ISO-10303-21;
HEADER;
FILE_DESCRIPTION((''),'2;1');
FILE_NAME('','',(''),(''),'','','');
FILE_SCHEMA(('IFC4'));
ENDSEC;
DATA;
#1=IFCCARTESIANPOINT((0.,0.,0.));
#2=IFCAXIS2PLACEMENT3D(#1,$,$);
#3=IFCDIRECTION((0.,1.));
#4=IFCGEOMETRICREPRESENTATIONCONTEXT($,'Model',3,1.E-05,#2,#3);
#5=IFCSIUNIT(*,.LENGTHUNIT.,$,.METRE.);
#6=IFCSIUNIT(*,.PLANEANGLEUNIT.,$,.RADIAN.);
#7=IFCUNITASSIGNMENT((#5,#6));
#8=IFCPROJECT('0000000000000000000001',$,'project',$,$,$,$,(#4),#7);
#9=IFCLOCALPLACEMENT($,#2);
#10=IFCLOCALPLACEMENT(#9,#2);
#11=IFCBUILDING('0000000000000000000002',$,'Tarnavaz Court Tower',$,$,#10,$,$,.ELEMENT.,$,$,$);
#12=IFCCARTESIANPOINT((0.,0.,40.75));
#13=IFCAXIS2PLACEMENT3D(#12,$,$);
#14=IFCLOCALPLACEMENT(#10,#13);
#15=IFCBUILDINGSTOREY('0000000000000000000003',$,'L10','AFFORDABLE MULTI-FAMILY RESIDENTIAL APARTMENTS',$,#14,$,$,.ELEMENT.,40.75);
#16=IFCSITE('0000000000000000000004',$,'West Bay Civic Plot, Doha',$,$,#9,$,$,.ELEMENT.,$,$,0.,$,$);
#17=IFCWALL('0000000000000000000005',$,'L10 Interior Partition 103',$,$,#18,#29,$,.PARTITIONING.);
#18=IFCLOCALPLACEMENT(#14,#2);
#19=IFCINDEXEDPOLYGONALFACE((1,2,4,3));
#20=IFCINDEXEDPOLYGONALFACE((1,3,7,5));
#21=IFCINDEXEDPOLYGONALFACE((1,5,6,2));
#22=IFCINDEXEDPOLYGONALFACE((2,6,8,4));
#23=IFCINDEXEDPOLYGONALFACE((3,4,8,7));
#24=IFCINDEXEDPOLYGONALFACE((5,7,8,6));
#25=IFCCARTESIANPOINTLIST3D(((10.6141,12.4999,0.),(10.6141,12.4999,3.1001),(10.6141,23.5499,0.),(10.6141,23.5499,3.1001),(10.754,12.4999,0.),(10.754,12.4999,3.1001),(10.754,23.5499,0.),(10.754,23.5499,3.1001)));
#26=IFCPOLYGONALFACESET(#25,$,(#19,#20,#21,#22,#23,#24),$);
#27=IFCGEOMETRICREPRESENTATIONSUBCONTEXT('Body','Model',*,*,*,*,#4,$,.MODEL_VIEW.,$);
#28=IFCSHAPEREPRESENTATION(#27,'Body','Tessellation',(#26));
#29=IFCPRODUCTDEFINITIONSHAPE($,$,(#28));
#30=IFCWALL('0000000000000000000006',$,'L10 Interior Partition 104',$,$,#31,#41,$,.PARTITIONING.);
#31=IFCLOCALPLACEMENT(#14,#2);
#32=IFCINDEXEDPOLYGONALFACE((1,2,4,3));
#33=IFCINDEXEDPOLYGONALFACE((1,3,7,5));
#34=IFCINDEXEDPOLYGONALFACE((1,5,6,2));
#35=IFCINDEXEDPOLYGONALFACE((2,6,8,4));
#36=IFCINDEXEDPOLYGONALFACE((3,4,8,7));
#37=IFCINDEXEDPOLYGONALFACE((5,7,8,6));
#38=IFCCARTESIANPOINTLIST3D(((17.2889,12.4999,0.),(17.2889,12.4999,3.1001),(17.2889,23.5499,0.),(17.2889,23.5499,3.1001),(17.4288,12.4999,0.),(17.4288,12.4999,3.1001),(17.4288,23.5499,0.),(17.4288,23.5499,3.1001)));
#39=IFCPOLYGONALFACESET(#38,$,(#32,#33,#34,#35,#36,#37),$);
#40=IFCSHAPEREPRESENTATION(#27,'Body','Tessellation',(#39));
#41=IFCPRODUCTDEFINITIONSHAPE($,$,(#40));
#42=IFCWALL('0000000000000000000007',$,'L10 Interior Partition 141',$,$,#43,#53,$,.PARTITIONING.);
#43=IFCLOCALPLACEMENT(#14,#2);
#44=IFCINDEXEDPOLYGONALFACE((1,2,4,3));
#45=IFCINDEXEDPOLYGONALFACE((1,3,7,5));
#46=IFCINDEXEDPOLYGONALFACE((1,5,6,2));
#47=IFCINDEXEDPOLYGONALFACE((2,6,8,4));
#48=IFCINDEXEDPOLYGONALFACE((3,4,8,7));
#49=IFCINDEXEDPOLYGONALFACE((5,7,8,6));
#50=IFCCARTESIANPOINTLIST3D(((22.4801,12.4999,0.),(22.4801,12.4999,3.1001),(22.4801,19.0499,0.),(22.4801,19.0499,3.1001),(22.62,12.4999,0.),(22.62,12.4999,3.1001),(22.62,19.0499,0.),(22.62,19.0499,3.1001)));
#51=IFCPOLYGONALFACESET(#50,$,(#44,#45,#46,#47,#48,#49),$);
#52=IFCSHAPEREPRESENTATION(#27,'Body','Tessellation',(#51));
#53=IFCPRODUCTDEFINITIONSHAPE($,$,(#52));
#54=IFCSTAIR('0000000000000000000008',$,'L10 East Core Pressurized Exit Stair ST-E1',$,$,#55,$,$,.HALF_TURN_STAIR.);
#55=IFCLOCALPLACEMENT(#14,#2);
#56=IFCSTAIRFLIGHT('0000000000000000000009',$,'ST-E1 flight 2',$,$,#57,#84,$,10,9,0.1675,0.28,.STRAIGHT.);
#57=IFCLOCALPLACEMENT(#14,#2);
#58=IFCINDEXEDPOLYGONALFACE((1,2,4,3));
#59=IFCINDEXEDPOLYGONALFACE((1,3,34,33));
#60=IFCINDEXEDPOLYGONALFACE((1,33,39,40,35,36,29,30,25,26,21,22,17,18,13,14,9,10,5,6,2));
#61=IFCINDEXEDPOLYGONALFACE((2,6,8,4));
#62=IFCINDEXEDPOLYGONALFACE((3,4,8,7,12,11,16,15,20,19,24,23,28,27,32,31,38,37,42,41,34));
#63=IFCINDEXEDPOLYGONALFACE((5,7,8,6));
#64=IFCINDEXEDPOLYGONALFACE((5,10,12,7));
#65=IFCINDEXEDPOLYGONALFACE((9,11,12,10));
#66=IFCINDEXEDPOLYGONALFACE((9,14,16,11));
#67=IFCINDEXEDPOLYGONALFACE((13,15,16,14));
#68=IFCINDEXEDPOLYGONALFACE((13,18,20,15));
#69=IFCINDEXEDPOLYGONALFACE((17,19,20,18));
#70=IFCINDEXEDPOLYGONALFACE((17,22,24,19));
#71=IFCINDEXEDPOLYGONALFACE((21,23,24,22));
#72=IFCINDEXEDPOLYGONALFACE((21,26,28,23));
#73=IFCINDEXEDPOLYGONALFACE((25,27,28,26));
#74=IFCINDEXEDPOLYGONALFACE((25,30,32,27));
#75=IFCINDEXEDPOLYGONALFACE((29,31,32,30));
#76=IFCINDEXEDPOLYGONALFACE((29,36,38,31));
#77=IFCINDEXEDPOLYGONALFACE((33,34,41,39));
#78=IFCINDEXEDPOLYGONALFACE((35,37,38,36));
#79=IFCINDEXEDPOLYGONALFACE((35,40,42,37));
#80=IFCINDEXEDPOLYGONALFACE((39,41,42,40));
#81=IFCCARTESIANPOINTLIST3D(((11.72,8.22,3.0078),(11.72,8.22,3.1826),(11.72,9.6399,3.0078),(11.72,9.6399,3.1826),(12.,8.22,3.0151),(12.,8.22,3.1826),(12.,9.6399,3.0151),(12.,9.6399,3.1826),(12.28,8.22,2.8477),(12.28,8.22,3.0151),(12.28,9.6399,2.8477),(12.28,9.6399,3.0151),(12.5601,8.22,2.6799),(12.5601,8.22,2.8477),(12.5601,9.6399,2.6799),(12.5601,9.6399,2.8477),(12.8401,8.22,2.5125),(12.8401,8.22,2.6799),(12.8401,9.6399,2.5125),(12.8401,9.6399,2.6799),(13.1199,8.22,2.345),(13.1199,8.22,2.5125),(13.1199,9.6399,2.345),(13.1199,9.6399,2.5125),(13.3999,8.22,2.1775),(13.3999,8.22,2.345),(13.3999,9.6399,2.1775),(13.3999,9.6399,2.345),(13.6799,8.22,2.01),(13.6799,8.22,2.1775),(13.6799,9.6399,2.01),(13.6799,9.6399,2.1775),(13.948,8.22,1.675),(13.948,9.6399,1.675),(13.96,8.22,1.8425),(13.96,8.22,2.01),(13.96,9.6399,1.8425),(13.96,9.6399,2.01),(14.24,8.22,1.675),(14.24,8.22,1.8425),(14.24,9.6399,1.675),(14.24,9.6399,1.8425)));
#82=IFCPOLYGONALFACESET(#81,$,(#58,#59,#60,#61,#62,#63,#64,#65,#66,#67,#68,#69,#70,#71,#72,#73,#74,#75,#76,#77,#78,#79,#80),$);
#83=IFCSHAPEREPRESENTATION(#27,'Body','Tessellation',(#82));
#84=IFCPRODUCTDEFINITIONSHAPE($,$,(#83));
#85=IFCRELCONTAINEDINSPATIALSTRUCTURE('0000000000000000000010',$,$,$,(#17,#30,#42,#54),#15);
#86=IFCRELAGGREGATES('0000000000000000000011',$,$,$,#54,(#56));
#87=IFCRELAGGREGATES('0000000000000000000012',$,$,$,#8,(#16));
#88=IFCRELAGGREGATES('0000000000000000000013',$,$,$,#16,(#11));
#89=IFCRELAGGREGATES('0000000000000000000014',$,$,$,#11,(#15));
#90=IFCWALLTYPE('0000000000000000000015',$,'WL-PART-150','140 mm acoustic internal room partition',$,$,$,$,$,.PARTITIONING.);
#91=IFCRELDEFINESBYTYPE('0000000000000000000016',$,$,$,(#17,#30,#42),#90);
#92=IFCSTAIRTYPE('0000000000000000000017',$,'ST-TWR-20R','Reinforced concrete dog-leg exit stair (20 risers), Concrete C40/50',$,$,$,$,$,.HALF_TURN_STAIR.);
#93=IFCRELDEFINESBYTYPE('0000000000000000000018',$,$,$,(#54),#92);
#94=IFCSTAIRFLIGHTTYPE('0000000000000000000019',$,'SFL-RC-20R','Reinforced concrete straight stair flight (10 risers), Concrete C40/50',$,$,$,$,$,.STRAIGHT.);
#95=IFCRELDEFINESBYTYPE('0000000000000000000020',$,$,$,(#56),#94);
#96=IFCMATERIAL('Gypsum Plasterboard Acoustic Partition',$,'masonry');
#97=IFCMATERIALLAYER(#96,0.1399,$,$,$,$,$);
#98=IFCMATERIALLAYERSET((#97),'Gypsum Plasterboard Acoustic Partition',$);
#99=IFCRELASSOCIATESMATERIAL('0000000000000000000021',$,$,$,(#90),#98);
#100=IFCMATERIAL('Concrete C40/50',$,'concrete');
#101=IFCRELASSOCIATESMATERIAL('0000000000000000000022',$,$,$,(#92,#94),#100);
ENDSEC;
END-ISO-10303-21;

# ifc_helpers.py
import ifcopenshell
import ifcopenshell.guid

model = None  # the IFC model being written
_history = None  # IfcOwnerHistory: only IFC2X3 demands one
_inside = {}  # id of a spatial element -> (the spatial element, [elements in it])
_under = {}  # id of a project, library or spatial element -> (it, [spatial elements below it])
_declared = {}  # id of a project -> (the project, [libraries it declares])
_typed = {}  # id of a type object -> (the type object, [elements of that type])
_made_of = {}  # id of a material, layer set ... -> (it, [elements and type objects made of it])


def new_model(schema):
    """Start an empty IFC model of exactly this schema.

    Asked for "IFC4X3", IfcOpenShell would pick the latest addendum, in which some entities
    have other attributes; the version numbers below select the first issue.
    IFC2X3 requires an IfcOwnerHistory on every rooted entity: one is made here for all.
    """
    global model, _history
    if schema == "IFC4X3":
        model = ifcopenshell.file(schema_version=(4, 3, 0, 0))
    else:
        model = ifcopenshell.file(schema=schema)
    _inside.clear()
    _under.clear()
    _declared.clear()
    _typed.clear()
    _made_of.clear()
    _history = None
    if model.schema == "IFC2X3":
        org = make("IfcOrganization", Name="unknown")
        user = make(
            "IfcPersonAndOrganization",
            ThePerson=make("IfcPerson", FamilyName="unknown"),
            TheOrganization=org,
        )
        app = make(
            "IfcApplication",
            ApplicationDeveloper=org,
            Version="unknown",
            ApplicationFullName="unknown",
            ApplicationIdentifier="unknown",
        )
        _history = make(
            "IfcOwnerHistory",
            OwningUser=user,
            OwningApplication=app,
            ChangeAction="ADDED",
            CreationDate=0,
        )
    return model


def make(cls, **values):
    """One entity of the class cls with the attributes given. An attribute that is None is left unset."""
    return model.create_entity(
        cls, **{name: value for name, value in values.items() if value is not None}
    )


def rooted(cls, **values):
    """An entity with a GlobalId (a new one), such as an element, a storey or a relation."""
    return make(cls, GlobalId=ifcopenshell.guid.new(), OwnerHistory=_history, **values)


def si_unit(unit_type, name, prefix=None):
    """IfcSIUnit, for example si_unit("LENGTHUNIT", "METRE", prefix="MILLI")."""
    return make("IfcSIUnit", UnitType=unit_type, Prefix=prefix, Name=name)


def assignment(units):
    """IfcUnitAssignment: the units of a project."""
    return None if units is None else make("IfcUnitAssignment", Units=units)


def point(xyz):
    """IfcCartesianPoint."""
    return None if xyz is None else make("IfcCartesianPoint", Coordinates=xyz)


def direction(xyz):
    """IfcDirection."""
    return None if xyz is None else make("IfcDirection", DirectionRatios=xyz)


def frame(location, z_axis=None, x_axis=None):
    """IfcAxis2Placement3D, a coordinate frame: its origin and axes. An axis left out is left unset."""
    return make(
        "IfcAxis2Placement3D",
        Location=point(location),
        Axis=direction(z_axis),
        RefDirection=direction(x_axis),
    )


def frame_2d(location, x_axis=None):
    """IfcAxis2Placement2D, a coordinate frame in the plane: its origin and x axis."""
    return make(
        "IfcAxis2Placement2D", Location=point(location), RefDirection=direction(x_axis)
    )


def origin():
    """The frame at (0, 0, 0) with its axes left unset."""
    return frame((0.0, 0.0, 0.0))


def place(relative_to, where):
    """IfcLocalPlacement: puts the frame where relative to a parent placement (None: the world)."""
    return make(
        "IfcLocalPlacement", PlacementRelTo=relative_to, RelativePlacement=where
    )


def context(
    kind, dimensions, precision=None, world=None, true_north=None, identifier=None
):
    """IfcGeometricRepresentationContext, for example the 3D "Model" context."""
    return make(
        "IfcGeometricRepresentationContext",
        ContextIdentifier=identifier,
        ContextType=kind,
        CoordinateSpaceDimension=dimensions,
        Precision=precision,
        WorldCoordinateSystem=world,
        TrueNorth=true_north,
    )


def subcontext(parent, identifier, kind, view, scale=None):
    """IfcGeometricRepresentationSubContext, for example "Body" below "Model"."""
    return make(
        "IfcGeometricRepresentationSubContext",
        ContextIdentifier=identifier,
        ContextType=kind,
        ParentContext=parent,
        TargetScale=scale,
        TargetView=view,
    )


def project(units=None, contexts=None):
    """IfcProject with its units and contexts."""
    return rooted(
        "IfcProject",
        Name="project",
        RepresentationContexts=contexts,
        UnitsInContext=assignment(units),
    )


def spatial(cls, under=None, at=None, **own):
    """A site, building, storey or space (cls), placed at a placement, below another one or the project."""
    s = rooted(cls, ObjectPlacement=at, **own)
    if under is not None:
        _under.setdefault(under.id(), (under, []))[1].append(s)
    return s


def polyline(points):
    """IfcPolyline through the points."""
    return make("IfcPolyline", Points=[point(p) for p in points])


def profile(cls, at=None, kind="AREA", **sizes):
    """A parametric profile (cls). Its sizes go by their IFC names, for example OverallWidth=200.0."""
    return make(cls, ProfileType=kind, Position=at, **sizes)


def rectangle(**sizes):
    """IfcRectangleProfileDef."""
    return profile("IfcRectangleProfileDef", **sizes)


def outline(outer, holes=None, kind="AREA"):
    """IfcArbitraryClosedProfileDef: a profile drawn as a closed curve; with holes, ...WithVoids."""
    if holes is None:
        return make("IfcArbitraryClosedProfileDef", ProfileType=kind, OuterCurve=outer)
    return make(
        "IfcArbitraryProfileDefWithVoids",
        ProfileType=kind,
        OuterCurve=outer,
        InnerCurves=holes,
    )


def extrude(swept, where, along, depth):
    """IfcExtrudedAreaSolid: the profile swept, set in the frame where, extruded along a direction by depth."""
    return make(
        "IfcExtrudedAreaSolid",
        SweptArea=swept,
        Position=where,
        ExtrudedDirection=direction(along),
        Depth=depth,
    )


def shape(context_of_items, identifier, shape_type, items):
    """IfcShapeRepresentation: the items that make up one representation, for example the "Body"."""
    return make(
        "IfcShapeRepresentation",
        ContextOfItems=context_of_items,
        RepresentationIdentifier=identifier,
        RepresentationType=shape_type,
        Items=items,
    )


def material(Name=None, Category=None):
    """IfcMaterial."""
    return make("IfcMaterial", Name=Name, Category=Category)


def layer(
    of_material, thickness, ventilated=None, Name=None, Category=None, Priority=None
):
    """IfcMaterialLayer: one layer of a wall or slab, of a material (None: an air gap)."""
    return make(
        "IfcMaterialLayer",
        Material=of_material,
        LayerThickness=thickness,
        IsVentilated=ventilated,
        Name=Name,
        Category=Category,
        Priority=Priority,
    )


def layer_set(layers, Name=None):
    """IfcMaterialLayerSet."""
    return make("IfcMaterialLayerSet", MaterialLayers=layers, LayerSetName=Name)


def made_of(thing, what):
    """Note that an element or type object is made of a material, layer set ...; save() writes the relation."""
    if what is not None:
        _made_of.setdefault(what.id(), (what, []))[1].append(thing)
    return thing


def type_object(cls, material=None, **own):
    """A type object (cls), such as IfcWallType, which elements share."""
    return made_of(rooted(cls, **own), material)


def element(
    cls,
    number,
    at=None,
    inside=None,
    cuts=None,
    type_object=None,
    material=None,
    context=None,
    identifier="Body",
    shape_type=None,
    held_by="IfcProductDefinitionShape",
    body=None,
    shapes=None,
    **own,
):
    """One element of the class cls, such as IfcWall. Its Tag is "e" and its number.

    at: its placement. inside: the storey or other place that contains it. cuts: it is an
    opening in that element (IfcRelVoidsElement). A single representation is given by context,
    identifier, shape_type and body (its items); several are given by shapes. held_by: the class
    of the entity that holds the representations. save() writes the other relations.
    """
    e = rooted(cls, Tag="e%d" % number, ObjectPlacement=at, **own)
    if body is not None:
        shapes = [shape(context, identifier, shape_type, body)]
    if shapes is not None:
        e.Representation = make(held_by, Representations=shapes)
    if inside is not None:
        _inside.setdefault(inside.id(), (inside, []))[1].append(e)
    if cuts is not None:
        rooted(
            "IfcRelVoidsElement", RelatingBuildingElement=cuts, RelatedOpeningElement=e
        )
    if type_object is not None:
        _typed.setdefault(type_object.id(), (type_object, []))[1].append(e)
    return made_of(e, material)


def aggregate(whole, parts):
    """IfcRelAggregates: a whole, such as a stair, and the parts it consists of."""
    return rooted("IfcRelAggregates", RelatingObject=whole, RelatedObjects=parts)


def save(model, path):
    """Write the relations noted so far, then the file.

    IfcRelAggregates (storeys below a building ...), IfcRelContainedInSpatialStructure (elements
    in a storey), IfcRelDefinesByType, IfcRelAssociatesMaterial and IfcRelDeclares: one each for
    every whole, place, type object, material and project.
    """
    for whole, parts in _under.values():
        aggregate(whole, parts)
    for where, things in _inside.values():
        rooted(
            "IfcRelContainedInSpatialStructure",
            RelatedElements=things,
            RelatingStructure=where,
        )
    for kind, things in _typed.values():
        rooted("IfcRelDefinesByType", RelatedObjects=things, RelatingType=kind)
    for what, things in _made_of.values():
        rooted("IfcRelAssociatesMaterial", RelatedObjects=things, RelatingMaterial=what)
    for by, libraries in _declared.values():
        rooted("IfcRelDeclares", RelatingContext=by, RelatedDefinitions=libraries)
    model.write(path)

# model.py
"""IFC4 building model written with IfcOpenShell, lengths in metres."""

from ifc_helpers import new_model, si_unit, direction, frame, frame_2d, origin, place, context, subcontext, project, spatial, polyline, rectangle, outline, extrude, material, layer, layer_set, type_object, element, aggregate, save


model = new_model("IFC4")

# Units and contexts
model_context = context("Model", 3, precision=1e-05, world=origin(), true_north=direction((0.0, 1.0)))
body_context = subcontext(model_context, "Body", "Model", "MODEL_VIEW")
ifc_project = project(units=[si_unit("LENGTHUNIT", "METRE"), si_unit("PLANEANGLEUNIT", "RADIAN")], contexts=[model_context])

# Site, building, storey
site_placement = place(None, origin())
site = spatial("IfcSite", under=ifc_project, at=site_placement, Name="West Bay Civic Plot, Doha", CompositionType="ELEMENT", RefElevation=0.0)
building_placement = place(site_placement, origin())
building = spatial("IfcBuilding", under=site, at=building_placement, Name="Tarnavaz Court Tower", CompositionType="ELEMENT")
storey_placement = place(building_placement, frame((0.0, 0.0, 40.75)))
storey = spatial("IfcBuildingStorey", under=building, at=storey_placement, Name="L10", Description="AFFORDABLE MULTI-FAMILY RESIDENTIAL APARTMENTS", CompositionType="ELEMENT", Elevation=40.75)

# Walls
ifc_material_1 = material(Name="Gypsum Plasterboard Acoustic Partition", Category="masonry")
ifc_layer_1 = layer(ifc_material_1, 0.1399)
ifc_layer_set_1 = layer_set([ifc_layer_1], Name="Gypsum Plasterboard Acoustic Partition")
wall_type_1 = type_object("IfcWallType", Name="WL-PART-150", Description="140 mm acoustic internal room partition", PredefinedType="PARTITIONING", material=ifc_layer_set_1)
for number, where, z_axis, x_axis, name in (
    (1, (10.6841, 12.5, 0.0), (0.0, 0.0, 1.0), (0.0, 1.0, 0.0), "L10 Interior Partition 103"),
    (2, (17.3589, 12.5, 0.0), (0.0, 0.0, 1.0), (0.0, 1.0, 0.0), "L10 Interior Partition 104"),
):
    element("IfcWall", number, at=place(storey_placement, frame(where, z_axis=z_axis, x_axis=x_axis)), inside=storey, type_object=wall_type_1, Name=name, PredefinedType="PARTITIONING", context=body_context, shape_type="SweptSolid", body=[
        extrude(rectangle(XDim=11.05, YDim=0.1399, at=frame_2d((5.5249, 0.0))), origin(), (0.0, 0.0, 1.0), 3.1001),
    ])
wall_1_placement = place(storey_placement, frame((22.55, 12.5, 0.0), z_axis=(0.0, 0.0, 1.0), x_axis=(0.0, 1.0, 0.0)))
element("IfcWall", 3, at=wall_1_placement, inside=storey, type_object=wall_type_1, Name="L10 Interior Partition 141", PredefinedType="PARTITIONING", context=body_context, shape_type="SweptSolid", body=[
    extrude(rectangle(XDim=6.55, YDim=0.1399, at=frame_2d((3.2749, 0.0))), origin(), (0.0, 0.0, 1.0), 3.1001),
])

# Stair, stair flight
ifc_material_2 = material(Name="Concrete C40/50", Category="concrete")
stair_type = type_object("IfcStairType", Name="ST-TWR-20R", Description="Reinforced concrete dog-leg exit stair (20 risers), Concrete C40/50", PredefinedType="HALF_TURN_STAIR", material=ifc_material_2)
stair_placement = place(storey_placement, origin())
stair = element("IfcStair", 4, at=stair_placement, inside=storey, type_object=stair_type, Name="L10 East Core Pressurized Exit Stair ST-E1", PredefinedType="HALF_TURN_STAIR")
stair_flight_type = type_object("IfcStairFlightType", Name="SFL-RC-20R", Description="Reinforced concrete straight stair flight (10 risers), Concrete C40/50", PredefinedType="STRAIGHT", material=ifc_material_2)
stair_flight_placement = place(storey_placement, frame((14.24, 8.9299, 1.675), z_axis=(0.0, 0.0, 1.0), x_axis=(-1.0, 0.0, 0.0)))
stair_flight = element("IfcStairFlight", 5, at=stair_flight_placement, type_object=stair_flight_type, Name="ST-E1 flight 2", NumberOfRisers=10, NumberOfTreads=9, PredefinedType="STRAIGHT", RiserHeight=0.1675, TreadLength=0.28, context=body_context, shape_type="SweptSolid", body=[
    extrude(outline(polyline([(0.0, 0.0), (0.0, 0.1675), (0.28, 0.1675), (0.28, 0.335), (0.5601, 0.335), (0.5601, 0.5024), (0.8401, 0.5024), (0.8401, 0.6699), (1.1201, 0.6699), (1.1201, 0.8374), (1.3999, 0.8374), (1.3999, 1.0049), (1.6799, 1.0049), (1.6799, 1.1726), (1.96, 1.1726), (1.96, 1.3401), (2.24, 1.3401), (2.24, 1.5076), (2.52, 1.5076), (2.52, 1.675), (2.52, 1.3328), (0.292, 0.0), (0.0, 0.0)])), frame((0.0, 0.71, 0.0), z_axis=(0.0, -1.0, 0.0), x_axis=(1.0, 0.0, 0.0)), (0.0, 0.0, 1.0), 1.4199),
])
aggregate(stair, [stair_flight])

save(model, "model.ifc")
